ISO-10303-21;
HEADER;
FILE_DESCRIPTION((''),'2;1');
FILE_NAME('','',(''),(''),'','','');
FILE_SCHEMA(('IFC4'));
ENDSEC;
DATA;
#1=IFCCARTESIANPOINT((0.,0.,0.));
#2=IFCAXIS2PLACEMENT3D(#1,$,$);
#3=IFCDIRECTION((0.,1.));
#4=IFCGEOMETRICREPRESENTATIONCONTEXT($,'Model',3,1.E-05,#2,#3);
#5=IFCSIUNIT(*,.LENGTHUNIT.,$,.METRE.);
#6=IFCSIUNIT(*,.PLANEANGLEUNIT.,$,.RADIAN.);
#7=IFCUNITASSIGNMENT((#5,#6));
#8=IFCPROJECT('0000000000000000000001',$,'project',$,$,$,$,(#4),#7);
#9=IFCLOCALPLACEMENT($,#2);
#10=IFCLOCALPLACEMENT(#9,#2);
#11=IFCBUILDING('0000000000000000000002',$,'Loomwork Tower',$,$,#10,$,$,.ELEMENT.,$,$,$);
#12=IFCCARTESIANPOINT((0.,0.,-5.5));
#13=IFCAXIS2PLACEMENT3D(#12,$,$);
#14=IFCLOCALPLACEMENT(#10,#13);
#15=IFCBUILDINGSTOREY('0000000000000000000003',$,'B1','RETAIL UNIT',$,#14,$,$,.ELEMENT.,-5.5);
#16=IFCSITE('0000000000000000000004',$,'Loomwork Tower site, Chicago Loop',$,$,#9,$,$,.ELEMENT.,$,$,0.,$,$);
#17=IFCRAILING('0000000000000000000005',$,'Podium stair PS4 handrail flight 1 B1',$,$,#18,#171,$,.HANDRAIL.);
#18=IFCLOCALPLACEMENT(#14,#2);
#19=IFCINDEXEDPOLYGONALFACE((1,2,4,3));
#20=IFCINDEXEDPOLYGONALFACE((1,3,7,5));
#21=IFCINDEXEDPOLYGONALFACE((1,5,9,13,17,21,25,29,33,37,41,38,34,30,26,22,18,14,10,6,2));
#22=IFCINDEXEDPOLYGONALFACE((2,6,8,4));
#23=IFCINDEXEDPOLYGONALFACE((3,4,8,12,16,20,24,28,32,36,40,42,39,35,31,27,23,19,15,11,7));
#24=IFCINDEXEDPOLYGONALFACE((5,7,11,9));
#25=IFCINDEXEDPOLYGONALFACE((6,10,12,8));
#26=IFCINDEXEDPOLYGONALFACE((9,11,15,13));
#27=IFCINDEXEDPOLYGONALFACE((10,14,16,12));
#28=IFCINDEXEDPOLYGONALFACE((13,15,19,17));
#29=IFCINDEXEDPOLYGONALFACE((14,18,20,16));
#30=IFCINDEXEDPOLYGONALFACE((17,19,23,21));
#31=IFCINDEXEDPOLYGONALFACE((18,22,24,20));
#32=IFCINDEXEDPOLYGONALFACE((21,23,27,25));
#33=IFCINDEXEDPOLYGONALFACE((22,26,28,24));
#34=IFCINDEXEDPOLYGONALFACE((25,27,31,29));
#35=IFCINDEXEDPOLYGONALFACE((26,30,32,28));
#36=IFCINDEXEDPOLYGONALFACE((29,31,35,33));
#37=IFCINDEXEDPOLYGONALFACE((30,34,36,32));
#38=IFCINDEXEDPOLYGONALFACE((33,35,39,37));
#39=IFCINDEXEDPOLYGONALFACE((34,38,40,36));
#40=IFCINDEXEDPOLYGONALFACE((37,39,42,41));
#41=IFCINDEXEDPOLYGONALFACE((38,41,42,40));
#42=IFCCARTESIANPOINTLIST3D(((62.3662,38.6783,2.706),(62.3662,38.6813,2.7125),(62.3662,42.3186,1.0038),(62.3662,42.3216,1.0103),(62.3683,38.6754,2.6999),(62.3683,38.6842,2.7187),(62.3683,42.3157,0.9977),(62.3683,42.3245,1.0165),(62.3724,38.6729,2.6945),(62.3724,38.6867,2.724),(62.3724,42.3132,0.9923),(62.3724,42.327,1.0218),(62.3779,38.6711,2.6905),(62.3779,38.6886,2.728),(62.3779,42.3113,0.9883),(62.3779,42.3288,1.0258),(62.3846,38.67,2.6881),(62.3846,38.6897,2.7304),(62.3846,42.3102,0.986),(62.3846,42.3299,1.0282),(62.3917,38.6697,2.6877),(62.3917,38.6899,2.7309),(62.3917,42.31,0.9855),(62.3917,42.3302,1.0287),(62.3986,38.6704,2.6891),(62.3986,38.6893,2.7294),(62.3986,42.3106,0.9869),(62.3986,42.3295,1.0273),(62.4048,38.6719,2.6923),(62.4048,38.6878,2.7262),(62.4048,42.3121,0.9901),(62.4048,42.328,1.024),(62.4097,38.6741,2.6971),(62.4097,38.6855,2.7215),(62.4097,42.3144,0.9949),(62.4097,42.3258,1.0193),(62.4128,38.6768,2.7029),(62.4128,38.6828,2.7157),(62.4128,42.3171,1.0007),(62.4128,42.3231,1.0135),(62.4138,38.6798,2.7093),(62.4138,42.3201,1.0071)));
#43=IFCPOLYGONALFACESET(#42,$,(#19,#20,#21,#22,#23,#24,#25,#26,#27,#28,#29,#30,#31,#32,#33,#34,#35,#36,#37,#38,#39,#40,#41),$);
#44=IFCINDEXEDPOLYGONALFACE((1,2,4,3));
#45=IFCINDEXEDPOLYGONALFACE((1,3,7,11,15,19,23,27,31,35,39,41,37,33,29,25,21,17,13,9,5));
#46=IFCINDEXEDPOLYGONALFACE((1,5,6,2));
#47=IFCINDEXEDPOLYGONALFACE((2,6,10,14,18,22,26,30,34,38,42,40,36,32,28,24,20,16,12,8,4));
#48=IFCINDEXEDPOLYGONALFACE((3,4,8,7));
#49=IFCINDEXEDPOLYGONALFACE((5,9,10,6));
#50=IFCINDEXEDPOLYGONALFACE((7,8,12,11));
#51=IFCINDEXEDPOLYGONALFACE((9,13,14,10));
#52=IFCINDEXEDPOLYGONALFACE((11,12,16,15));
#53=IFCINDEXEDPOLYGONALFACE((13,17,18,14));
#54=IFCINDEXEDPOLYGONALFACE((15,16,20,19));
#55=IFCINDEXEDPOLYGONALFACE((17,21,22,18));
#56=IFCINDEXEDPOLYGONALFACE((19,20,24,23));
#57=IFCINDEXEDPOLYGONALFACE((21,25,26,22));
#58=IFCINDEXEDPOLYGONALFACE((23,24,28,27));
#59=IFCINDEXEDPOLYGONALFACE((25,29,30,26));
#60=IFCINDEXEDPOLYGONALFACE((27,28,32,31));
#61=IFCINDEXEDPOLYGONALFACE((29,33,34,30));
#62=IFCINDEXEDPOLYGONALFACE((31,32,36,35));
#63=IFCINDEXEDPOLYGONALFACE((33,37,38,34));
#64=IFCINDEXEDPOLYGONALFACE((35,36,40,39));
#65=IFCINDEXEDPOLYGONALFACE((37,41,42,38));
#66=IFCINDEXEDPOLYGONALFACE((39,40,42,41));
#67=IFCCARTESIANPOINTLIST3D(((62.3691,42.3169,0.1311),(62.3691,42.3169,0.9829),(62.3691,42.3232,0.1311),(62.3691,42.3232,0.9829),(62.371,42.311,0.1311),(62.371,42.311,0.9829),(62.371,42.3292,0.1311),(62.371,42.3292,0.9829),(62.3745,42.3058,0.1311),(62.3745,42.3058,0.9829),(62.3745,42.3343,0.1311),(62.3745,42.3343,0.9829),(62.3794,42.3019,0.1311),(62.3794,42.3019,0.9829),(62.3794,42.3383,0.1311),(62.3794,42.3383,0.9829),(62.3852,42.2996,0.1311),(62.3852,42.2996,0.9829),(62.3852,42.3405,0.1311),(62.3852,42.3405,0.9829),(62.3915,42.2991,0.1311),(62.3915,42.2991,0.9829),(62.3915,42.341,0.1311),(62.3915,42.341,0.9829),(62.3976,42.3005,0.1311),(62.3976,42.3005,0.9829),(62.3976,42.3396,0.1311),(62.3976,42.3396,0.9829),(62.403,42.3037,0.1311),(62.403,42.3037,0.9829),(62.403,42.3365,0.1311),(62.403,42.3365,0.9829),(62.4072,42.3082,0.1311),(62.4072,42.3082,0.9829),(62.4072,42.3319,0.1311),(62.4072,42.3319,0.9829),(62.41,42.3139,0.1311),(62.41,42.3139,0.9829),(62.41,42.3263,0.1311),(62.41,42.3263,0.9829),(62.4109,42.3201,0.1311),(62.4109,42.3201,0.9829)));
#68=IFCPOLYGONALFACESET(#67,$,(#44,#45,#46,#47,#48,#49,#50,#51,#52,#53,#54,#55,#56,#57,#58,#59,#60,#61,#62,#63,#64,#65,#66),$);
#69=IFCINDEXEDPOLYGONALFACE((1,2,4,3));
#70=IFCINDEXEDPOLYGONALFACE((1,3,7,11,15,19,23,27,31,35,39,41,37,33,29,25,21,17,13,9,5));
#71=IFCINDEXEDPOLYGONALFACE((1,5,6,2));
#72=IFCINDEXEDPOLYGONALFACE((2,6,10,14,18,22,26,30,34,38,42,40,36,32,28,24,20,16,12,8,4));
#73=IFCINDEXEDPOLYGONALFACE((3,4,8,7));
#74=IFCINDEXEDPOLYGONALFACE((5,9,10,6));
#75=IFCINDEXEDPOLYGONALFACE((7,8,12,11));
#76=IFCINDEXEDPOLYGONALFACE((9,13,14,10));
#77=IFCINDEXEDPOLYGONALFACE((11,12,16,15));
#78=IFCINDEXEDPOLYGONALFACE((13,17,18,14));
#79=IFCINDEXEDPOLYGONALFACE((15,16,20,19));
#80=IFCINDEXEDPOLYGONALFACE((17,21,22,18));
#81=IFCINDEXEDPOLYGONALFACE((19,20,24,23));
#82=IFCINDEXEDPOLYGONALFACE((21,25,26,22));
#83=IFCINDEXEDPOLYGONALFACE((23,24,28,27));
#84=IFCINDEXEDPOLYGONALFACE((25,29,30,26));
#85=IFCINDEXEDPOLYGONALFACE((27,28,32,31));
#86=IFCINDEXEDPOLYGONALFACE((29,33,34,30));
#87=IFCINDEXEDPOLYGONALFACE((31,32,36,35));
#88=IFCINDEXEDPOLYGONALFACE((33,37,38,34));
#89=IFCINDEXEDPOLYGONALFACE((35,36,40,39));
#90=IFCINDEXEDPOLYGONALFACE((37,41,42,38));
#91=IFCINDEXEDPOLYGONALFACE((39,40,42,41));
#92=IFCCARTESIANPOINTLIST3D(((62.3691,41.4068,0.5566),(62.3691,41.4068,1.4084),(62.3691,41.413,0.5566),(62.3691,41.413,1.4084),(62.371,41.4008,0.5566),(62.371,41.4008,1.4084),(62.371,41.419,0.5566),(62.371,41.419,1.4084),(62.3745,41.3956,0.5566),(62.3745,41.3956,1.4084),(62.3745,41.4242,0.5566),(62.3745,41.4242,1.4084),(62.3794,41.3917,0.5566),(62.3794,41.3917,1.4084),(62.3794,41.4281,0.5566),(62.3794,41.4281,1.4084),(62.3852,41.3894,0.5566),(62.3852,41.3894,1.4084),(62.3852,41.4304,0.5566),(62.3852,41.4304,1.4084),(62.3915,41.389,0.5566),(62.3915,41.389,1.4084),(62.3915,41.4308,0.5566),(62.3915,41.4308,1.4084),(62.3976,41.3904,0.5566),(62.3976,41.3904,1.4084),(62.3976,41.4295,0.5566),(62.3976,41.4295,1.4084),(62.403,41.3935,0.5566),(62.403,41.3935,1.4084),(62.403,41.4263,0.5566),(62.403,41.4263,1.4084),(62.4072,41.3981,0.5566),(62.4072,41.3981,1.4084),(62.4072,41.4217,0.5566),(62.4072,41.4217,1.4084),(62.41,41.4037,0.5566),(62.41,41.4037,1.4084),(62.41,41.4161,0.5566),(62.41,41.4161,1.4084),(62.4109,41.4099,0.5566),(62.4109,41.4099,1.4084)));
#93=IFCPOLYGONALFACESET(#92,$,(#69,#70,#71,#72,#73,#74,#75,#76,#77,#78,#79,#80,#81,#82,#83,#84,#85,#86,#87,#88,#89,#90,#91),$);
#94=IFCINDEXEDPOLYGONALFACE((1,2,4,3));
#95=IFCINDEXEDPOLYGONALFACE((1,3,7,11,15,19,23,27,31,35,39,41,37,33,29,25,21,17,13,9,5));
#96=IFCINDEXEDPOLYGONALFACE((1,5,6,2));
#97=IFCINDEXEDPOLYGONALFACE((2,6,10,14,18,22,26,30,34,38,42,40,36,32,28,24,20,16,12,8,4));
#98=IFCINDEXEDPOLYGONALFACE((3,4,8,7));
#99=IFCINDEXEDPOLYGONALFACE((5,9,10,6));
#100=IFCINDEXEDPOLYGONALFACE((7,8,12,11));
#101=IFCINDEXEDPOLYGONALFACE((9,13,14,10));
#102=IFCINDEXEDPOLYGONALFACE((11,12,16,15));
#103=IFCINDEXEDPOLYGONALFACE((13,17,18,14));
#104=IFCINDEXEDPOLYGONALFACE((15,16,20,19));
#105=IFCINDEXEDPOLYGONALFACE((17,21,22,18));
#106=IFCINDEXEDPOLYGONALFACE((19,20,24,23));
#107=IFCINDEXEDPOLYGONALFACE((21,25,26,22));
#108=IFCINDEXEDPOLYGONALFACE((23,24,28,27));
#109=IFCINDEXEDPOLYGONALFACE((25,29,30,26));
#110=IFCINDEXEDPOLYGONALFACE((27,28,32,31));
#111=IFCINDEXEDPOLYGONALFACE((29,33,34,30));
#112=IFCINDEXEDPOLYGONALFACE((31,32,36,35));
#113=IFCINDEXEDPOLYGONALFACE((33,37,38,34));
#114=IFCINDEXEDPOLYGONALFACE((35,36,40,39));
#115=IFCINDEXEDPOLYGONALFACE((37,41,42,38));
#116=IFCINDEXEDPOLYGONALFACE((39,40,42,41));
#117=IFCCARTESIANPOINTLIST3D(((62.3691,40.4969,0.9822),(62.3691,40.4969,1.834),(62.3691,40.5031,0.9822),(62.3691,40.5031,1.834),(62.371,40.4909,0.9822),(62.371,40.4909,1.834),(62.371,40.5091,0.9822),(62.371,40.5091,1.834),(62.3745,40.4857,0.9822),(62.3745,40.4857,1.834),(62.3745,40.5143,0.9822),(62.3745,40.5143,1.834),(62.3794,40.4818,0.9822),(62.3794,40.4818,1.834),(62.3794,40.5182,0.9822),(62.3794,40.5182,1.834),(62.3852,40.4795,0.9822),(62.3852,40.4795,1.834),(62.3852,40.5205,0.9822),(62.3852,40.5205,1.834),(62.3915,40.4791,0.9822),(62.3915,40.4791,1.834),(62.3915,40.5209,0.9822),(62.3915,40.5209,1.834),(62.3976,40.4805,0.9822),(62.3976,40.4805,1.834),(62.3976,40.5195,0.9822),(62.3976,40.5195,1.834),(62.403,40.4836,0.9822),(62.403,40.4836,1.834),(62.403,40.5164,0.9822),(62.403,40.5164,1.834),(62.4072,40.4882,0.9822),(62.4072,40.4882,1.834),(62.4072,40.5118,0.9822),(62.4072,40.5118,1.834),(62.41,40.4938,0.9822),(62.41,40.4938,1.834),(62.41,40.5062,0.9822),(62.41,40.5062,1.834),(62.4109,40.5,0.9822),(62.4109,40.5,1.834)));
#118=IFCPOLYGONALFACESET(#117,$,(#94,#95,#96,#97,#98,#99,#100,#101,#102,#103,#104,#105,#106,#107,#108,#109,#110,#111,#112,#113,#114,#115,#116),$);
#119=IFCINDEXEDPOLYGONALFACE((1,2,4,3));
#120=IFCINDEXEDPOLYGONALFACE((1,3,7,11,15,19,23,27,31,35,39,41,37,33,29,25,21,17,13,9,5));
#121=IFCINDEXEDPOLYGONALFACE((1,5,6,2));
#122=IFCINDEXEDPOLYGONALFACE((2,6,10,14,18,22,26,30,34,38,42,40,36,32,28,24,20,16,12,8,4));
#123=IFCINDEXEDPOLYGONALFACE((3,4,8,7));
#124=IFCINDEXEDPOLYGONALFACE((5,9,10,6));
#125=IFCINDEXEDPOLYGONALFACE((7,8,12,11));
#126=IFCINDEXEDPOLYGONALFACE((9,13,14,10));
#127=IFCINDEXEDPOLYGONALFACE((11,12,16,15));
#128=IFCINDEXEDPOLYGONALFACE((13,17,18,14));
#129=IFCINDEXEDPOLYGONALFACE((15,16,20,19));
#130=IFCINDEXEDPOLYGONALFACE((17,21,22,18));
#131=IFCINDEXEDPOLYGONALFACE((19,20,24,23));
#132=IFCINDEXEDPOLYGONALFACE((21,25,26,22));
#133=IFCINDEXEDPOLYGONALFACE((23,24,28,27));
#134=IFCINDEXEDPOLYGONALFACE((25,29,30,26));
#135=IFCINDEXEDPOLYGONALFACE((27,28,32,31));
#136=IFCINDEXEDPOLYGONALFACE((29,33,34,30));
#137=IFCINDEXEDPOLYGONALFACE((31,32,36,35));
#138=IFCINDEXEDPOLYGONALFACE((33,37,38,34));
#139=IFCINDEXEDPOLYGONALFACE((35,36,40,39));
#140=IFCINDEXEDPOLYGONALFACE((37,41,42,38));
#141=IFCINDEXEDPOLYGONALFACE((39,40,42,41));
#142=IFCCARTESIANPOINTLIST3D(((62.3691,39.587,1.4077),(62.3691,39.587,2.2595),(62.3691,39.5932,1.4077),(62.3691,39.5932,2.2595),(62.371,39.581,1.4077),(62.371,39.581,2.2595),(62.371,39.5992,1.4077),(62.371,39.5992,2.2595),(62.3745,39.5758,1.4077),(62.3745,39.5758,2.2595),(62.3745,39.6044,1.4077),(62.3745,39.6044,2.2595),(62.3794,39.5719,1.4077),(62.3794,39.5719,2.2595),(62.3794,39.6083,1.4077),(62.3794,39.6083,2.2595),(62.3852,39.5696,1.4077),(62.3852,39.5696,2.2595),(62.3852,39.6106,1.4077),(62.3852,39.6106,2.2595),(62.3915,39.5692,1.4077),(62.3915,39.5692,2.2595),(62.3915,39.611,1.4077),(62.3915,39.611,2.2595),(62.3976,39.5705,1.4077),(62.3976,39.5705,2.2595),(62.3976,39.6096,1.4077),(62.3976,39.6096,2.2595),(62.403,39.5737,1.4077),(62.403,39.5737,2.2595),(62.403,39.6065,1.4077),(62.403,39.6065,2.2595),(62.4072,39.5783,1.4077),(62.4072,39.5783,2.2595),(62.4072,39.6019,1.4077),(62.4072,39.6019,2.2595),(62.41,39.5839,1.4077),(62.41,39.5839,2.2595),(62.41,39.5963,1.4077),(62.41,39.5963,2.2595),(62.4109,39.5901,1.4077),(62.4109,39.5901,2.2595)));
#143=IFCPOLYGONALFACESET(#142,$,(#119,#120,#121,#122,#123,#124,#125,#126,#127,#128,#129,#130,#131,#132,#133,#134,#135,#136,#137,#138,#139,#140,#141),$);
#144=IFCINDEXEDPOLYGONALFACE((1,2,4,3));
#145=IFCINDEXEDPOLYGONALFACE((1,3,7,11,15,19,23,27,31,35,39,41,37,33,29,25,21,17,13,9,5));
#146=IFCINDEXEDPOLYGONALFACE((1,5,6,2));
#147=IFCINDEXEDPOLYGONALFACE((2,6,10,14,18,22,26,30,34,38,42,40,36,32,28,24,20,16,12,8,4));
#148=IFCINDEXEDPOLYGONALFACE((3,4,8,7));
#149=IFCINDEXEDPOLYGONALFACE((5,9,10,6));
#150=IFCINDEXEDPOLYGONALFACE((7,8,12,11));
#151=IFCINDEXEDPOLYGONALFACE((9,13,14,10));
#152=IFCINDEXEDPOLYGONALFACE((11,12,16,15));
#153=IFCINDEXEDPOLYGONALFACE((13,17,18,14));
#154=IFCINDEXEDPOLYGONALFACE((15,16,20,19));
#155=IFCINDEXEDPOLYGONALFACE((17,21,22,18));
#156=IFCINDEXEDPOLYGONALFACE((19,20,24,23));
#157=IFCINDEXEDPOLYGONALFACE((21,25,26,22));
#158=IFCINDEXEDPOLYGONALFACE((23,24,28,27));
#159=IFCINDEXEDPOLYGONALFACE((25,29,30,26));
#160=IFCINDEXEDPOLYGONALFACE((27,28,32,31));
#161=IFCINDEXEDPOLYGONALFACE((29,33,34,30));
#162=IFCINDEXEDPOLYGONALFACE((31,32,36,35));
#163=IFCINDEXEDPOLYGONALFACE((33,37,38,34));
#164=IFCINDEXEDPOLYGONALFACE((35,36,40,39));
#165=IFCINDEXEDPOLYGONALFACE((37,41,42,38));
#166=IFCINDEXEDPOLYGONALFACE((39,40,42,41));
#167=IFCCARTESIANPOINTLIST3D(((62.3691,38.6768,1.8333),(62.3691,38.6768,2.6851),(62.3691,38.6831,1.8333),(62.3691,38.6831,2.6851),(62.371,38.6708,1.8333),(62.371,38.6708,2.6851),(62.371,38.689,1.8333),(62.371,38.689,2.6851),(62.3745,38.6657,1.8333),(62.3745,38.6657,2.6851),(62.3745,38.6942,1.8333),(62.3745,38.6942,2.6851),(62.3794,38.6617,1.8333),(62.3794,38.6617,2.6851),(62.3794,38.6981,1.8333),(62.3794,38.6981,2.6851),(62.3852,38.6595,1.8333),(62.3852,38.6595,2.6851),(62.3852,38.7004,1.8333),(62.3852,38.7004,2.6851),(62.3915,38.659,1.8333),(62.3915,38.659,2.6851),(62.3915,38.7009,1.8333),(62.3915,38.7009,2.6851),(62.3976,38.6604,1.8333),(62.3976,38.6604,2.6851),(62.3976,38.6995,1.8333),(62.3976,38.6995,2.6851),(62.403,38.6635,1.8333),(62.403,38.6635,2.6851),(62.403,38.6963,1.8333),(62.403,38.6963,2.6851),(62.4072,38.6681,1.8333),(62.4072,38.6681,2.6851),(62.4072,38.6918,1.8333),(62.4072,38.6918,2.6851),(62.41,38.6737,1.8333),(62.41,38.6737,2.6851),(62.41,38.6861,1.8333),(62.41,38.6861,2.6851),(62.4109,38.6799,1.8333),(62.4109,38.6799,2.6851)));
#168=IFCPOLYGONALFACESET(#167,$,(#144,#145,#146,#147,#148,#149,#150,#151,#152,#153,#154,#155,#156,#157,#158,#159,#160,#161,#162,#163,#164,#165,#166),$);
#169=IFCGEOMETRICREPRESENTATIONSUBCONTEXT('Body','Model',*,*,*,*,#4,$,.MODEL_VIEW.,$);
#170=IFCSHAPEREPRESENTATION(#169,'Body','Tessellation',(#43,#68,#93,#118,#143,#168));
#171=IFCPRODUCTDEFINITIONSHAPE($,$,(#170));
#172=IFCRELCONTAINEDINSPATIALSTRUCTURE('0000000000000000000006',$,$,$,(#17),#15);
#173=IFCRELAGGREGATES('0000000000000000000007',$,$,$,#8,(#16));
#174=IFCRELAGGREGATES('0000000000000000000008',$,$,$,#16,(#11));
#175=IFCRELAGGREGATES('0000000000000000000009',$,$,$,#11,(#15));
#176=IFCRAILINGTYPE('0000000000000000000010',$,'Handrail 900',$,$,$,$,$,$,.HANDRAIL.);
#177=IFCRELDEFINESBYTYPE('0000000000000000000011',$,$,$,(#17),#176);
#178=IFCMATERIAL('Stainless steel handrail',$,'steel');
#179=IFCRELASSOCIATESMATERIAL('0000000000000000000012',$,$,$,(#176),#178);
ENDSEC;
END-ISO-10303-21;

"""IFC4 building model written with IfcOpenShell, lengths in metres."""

from ifc_helpers import new_model, si_unit, direction, frame, origin, origin_2d, place, context, subcontext, project, spatial, circle, extrude, material, type_object, element, save


model = new_model("IFC4")

# Units and contexts
model_context = context("Model", 3, precision=1e-05, world=origin(), true_north=direction((0.0, 1.0)))
body_context = subcontext(model_context, "Body", "Model", "MODEL_VIEW")
ifc_project = project(units=[si_unit("LENGTHUNIT", "METRE"), si_unit("PLANEANGLEUNIT", "RADIAN")], contexts=[model_context])

# Site, building, storey
site_placement = place(None, origin())
site = spatial("IfcSite", under=ifc_project, at=site_placement, Name="Loomwork Tower site, Chicago Loop", CompositionType="ELEMENT", RefElevation=0.0)
building_placement = place(site_placement, origin())
building = spatial("IfcBuilding", under=site, at=building_placement, Name="Loomwork Tower", CompositionType="ELEMENT")
storey_placement = place(building_placement, frame((0.0, 0.0, -5.5)))
storey = spatial("IfcBuildingStorey", under=building, at=storey_placement, Name="B1", Description="RETAIL UNIT", CompositionType="ELEMENT", Elevation=-5.5)

# Railing
ifc_material_1 = material(Name="Stainless steel handrail", Category="steel")
railing_type = type_object("IfcRailingType", Name="Handrail 900", PredefinedType="HANDRAIL", material=ifc_material_1)
railing_1_placement = place(storey_placement, frame((62.3899, 42.3201, 0.1311)))
element("IfcRailing", 1, at=railing_1_placement, inside=storey, type_object=railing_type, Name="Podium stair PS4 handrail flight 1 B1", PredefinedType="HANDRAIL", context=body_context, shape_type="SweptSolid", body=[
    extrude(circle(Radius=0.0239, at=origin_2d()), frame((0.0, 0.0, 0.876), z_axis=(0.0, -0.905857, 0.423584), x_axis=(1.0, 0.0, 0.0)), (0.0, 0.0, 1.0), 4.0186),
    extrude(circle(Radius=0.021, at=origin_2d()), origin(), (0.0, 0.0, 1.0), 0.8518),
    extrude(circle(Radius=0.021, at=origin_2d()), frame((0.0, -0.9102, 0.4255)), (0.0, 0.0, 1.0), 0.8518),
    extrude(circle(Radius=0.021, at=origin_2d()), frame((0.0, -1.8201, 0.8511)), (0.0, 0.0, 1.0), 0.8518),
    extrude(circle(Radius=0.021, at=origin_2d()), frame((0.0, -2.73, 1.2766)), (0.0, 0.0, 1.0), 0.8518),
    extrude(circle(Radius=0.021, at=origin_2d()), frame((0.0, -3.6401, 1.7021)), (0.0, 0.0, 1.0), 0.8518),
])

save(model, "model.ifc")
